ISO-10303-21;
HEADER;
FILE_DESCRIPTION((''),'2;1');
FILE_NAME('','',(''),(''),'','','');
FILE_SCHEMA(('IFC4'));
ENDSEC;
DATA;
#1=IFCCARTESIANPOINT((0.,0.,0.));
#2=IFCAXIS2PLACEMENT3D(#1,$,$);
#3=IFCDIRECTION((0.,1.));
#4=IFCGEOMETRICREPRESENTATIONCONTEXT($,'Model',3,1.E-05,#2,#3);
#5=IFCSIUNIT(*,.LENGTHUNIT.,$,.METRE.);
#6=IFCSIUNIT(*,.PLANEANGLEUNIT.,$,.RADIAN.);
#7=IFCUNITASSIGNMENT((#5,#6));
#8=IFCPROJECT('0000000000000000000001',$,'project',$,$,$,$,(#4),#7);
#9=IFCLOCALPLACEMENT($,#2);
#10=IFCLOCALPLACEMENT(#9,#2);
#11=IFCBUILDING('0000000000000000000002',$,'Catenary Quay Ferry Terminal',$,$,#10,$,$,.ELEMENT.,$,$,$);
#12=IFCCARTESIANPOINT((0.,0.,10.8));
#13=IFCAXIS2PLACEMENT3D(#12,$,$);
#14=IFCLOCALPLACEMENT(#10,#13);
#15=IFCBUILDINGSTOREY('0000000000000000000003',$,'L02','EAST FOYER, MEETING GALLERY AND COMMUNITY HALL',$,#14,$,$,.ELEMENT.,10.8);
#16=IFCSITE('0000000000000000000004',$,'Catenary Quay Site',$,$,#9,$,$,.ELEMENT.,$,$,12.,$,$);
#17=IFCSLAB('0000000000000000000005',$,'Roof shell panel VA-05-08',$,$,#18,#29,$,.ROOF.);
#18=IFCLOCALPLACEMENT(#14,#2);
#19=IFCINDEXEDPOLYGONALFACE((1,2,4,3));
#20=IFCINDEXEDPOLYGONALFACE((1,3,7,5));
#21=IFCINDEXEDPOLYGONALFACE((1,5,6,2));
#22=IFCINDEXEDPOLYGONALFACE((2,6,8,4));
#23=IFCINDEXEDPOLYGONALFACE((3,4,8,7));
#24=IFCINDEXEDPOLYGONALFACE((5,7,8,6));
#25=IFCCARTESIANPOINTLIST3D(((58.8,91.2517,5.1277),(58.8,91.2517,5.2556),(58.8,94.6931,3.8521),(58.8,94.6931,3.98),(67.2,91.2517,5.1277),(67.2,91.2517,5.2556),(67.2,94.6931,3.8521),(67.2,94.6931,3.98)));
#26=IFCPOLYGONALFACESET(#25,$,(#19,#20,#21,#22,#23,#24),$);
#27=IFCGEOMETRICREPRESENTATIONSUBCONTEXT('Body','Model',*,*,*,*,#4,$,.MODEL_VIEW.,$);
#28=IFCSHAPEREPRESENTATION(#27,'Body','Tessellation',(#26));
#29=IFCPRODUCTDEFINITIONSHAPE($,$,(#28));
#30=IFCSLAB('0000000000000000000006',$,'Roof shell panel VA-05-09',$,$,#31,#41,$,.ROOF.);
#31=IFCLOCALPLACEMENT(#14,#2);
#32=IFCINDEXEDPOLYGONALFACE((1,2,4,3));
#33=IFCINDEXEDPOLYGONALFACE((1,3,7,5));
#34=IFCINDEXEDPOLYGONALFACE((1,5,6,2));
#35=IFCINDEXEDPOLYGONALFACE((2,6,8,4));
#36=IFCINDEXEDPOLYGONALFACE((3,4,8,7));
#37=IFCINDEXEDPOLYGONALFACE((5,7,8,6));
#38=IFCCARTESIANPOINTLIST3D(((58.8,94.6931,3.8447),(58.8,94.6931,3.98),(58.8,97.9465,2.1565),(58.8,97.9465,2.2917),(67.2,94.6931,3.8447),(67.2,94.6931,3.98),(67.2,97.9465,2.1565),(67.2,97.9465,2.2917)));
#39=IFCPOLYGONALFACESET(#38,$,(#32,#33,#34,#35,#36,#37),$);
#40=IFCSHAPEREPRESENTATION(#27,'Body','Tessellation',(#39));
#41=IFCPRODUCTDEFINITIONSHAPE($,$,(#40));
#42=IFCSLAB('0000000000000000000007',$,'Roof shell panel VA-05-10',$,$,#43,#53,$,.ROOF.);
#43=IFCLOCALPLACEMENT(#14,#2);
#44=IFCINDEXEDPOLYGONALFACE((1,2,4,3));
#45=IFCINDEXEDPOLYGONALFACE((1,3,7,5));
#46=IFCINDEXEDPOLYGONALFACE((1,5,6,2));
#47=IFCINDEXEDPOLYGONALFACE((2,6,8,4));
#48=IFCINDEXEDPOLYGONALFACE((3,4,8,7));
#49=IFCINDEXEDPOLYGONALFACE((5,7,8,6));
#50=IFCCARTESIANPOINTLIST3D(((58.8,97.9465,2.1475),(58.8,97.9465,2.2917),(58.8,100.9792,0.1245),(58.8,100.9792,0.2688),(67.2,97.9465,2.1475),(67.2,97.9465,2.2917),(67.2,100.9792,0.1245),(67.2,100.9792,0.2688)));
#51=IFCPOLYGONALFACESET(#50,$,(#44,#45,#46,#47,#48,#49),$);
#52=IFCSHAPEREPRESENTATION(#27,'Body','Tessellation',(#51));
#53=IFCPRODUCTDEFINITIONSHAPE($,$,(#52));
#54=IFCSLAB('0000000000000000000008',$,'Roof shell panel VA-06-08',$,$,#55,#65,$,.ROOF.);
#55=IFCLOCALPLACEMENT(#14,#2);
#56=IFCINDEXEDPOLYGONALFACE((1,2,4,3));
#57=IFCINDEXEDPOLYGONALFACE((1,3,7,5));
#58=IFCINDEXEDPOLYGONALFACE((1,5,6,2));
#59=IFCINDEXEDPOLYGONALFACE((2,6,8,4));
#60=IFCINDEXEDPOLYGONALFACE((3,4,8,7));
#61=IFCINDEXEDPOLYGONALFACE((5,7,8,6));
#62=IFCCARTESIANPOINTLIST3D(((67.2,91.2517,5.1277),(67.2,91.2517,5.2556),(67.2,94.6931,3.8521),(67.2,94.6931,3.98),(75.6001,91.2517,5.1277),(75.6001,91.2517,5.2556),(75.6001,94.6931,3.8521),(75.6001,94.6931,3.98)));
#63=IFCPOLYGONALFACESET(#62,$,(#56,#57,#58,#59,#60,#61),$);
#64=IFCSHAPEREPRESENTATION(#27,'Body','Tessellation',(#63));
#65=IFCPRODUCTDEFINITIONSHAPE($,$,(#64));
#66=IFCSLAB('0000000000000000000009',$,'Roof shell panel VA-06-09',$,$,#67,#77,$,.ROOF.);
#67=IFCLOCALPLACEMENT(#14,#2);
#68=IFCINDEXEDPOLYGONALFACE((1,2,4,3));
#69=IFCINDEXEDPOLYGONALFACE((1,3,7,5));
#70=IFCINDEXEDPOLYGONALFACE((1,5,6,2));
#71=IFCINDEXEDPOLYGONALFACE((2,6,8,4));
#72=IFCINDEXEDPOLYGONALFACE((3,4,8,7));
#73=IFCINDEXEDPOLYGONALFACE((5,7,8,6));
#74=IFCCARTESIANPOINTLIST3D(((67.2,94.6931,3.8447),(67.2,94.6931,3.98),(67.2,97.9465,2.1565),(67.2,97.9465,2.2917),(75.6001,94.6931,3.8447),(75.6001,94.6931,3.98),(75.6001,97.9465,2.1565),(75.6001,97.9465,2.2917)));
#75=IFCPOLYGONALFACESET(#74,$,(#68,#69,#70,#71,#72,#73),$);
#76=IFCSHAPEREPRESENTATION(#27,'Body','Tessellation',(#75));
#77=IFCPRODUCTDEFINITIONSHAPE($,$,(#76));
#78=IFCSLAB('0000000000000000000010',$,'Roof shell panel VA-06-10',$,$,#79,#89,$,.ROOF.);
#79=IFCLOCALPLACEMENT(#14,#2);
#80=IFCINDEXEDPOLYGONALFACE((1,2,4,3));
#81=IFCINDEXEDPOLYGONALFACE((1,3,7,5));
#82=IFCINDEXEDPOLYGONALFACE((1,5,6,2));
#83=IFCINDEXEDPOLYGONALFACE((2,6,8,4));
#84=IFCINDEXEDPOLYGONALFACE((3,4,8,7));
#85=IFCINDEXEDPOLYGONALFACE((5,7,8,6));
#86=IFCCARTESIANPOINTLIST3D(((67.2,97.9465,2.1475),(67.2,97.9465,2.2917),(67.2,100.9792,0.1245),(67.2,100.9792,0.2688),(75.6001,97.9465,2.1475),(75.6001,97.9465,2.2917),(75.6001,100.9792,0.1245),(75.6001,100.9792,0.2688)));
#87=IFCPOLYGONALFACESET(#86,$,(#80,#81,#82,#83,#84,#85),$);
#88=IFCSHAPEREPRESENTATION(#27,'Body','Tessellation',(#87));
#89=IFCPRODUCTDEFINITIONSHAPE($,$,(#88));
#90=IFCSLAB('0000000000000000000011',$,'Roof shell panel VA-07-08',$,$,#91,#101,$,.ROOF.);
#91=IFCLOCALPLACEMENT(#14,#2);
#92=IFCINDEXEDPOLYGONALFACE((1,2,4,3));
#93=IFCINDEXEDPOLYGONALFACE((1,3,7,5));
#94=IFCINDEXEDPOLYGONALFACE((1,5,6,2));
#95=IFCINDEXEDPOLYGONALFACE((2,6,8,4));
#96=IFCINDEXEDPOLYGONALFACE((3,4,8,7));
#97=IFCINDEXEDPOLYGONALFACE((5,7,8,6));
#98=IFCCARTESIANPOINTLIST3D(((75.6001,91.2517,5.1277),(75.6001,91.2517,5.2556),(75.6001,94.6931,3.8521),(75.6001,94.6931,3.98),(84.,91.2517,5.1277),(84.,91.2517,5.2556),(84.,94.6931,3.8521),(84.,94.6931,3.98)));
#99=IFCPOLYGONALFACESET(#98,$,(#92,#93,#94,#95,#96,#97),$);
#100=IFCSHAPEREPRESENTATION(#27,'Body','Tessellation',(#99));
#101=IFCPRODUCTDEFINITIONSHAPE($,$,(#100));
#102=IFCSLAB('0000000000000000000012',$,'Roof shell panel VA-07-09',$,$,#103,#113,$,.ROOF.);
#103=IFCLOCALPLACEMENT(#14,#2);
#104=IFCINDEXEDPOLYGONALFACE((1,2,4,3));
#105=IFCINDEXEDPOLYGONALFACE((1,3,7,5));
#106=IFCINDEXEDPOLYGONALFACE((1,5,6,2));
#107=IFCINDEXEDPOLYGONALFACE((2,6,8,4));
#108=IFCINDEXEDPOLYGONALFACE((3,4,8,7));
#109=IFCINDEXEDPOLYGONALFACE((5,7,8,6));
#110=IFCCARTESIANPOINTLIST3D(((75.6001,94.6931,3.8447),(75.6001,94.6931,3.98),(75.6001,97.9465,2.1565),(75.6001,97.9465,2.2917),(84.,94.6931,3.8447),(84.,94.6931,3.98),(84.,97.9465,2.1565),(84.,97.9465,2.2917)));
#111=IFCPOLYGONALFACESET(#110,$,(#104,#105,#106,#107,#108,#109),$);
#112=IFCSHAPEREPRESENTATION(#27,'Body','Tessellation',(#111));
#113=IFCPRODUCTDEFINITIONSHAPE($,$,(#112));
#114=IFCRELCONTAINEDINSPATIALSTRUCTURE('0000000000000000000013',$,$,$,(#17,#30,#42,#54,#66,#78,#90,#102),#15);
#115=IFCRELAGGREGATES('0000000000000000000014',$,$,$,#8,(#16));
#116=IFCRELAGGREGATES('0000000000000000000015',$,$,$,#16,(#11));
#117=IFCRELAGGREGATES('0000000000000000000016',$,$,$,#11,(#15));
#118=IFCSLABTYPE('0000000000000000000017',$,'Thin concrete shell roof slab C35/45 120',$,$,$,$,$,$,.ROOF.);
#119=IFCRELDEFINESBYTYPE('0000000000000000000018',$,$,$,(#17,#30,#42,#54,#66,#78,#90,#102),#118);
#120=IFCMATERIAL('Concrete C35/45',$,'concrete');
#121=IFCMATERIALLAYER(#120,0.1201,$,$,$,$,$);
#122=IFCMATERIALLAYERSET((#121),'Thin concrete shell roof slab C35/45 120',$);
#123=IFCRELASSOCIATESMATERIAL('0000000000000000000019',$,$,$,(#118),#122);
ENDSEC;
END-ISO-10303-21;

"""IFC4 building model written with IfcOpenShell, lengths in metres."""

from ifc_helpers import new_model, si_unit, direction, frame, origin, place, context, subcontext, project, spatial, polyline, outline, extrude, material, layer, layer_set, type_object, element, save


model = new_model("IFC4")

# Units and contexts
model_context = context("Model", 3, precision=1e-05, world=origin(), true_north=direction((0.0, 1.0)))
body_context = subcontext(model_context, "Body", "Model", "MODEL_VIEW")
ifc_project = project(units=[si_unit("LENGTHUNIT", "METRE"), si_unit("PLANEANGLEUNIT", "RADIAN")], contexts=[model_context])

# Site, building, storey
site_placement = place(None, origin())
site = spatial("IfcSite", under=ifc_project, at=site_placement, Name="Catenary Quay Site", CompositionType="ELEMENT", RefElevation=12.0)
building_placement = place(site_placement, origin())
building = spatial("IfcBuilding", under=site, at=building_placement, Name="Catenary Quay Ferry Terminal", CompositionType="ELEMENT")
storey_placement = place(building_placement, frame((0.0, 0.0, 10.8)))
storey = spatial("IfcBuildingStorey", under=building, at=storey_placement, Name="L02", Description="EAST FOYER, MEETING GALLERY AND COMMUNITY HALL", CompositionType="ELEMENT", Elevation=10.8)

# Slabs
ifc_material_1 = material(Name="Concrete C35/45", Category="concrete")
ifc_layer = layer(ifc_material_1, 0.1201)
ifc_layer_set = layer_set([ifc_layer], Name="Thin concrete shell roof slab C35/45 120")
slab_type = type_object("IfcSlabType", Name="Thin concrete shell roof slab C35/45 120", PredefinedType="ROOF", material=ifc_layer_set)
slab_1_placement = place(storey_placement, frame((58.8, 91.2517, 5.2556), z_axis=(0.0, 0.347563, 0.937656), x_axis=(1.0, 0.0, 0.0)))
element("IfcSlab", 1, at=slab_1_placement, inside=storey, type_object=slab_type, Name="Roof shell panel VA-05-08", PredefinedType="ROOF", context=body_context, shape_type="SweptSolid", body=[
    extrude(outline(polyline([(0.0, 0.0), (8.3999, 0.0), (8.3999, 3.6702), (0.0, 3.6702), (0.0, 0.0)])), origin(), (0.0, 0.347563, -0.937656), 0.1279),
])
slab_2_placement = place(storey_placement, frame((58.8, 94.6931, 3.98), z_axis=(0.0, 0.460591, 0.887612), x_axis=(1.0, 0.0, 0.0)))
element("IfcSlab", 2, at=slab_2_placement, inside=storey, type_object=slab_type, Name="Roof shell panel VA-05-09", PredefinedType="ROOF", context=body_context, shape_type="SweptSolid", body=[
    extrude(outline(polyline([(0.0, 0.0), (8.3999, 0.0), (8.3999, 3.6654), (0.0, 3.6654), (0.0, 0.0)])), origin(), (0.0, 0.460591, -0.887612), 0.1353),
])
slab_3_placement = place(storey_placement, frame((58.8, 97.9465, 2.2917), z_axis=(0.0, 0.554917, 0.831906), x_axis=(1.0, 0.0, 0.0)))
element("IfcSlab", 3, at=slab_3_placement, inside=storey, type_object=slab_type, Name="Roof shell panel VA-05-10", PredefinedType="ROOF", context=body_context, shape_type="SweptSolid", body=[
    extrude(outline(polyline([(0.0, 0.0), (8.3999, 0.0), (8.3999, 3.6455), (0.0, 3.6455), (0.0, 0.0)])), origin(), (0.0, 0.554917, -0.831906), 0.1443),
])
slab_4_placement = place(storey_placement, frame((67.2, 91.2517, 5.2556), z_axis=(0.0, 0.347563, 0.937656), x_axis=(1.0, 0.0, 0.0)))
element("IfcSlab", 4, at=slab_4_placement, inside=storey, type_object=slab_type, Name="Roof shell panel VA-06-08", PredefinedType="ROOF", context=body_context, shape_type="SweptSolid", body=[
    extrude(outline(polyline([(0.0, 0.0), (8.4001, 0.0), (8.4001, 3.6702), (0.0, 3.6702), (0.0, 0.0)])), origin(), (0.0, 0.347563, -0.937656), 0.1279),
])
slab_5_placement = place(storey_placement, frame((67.2, 94.6931, 3.98), z_axis=(0.0, 0.460591, 0.887612), x_axis=(1.0, 0.0, 0.0)))
element("IfcSlab", 5, at=slab_5_placement, inside=storey, type_object=slab_type, Name="Roof shell panel VA-06-09", PredefinedType="ROOF", context=body_context, shape_type="SweptSolid", body=[
    extrude(outline(polyline([(0.0, 0.0), (8.4001, 0.0), (8.4001, 3.6654), (0.0, 3.6654), (0.0, 0.0)])), origin(), (0.0, 0.460591, -0.887612), 0.1353),
])
slab_6_placement = place(storey_placement, frame((67.2, 97.9465, 2.2917), z_axis=(0.0, 0.554917, 0.831906), x_axis=(1.0, 0.0, 0.0)))
element("IfcSlab", 6, at=slab_6_placement, inside=storey, type_object=slab_type, Name="Roof shell panel VA-06-10", PredefinedType="ROOF", context=body_context, shape_type="SweptSolid", body=[
    extrude(outline(polyline([(0.0, 0.0), (8.4001, 0.0), (8.4001, 3.6455), (0.0, 3.6455), (0.0, 0.0)])), origin(), (0.0, 0.554917, -0.831906), 0.1443),
])
slab_7_placement = place(storey_placement, frame((75.6001, 91.2517, 5.2556), z_axis=(0.0, 0.347563, 0.937656), x_axis=(1.0, 0.0, 0.0)))
element("IfcSlab", 7, at=slab_7_placement, inside=storey, type_object=slab_type, Name="Roof shell panel VA-07-08", PredefinedType="ROOF", context=body_context, shape_type="SweptSolid", body=[
    extrude(outline(polyline([(0.0, 0.0), (8.3999, 0.0), (8.3999, 3.6702), (0.0, 3.6702), (0.0, 0.0)])), origin(), (0.0, 0.347563, -0.937656), 0.1279),
])
slab_8_placement = place(storey_placement, frame((75.6001, 94.6931, 3.98), z_axis=(0.0, 0.460591, 0.887612), x_axis=(1.0, 0.0, 0.0)))
element("IfcSlab", 8, at=slab_8_placement, inside=storey, type_object=slab_type, Name="Roof shell panel VA-07-09", PredefinedType="ROOF", context=body_context, shape_type="SweptSolid", body=[
    extrude(outline(polyline([(0.0, 0.0), (8.3999, 0.0), (8.3999, 3.6654), (0.0, 3.6654), (0.0, 0.0)])), origin(), (0.0, 0.460591, -0.887612), 0.1353),
])

save(model, "model.ifc")
